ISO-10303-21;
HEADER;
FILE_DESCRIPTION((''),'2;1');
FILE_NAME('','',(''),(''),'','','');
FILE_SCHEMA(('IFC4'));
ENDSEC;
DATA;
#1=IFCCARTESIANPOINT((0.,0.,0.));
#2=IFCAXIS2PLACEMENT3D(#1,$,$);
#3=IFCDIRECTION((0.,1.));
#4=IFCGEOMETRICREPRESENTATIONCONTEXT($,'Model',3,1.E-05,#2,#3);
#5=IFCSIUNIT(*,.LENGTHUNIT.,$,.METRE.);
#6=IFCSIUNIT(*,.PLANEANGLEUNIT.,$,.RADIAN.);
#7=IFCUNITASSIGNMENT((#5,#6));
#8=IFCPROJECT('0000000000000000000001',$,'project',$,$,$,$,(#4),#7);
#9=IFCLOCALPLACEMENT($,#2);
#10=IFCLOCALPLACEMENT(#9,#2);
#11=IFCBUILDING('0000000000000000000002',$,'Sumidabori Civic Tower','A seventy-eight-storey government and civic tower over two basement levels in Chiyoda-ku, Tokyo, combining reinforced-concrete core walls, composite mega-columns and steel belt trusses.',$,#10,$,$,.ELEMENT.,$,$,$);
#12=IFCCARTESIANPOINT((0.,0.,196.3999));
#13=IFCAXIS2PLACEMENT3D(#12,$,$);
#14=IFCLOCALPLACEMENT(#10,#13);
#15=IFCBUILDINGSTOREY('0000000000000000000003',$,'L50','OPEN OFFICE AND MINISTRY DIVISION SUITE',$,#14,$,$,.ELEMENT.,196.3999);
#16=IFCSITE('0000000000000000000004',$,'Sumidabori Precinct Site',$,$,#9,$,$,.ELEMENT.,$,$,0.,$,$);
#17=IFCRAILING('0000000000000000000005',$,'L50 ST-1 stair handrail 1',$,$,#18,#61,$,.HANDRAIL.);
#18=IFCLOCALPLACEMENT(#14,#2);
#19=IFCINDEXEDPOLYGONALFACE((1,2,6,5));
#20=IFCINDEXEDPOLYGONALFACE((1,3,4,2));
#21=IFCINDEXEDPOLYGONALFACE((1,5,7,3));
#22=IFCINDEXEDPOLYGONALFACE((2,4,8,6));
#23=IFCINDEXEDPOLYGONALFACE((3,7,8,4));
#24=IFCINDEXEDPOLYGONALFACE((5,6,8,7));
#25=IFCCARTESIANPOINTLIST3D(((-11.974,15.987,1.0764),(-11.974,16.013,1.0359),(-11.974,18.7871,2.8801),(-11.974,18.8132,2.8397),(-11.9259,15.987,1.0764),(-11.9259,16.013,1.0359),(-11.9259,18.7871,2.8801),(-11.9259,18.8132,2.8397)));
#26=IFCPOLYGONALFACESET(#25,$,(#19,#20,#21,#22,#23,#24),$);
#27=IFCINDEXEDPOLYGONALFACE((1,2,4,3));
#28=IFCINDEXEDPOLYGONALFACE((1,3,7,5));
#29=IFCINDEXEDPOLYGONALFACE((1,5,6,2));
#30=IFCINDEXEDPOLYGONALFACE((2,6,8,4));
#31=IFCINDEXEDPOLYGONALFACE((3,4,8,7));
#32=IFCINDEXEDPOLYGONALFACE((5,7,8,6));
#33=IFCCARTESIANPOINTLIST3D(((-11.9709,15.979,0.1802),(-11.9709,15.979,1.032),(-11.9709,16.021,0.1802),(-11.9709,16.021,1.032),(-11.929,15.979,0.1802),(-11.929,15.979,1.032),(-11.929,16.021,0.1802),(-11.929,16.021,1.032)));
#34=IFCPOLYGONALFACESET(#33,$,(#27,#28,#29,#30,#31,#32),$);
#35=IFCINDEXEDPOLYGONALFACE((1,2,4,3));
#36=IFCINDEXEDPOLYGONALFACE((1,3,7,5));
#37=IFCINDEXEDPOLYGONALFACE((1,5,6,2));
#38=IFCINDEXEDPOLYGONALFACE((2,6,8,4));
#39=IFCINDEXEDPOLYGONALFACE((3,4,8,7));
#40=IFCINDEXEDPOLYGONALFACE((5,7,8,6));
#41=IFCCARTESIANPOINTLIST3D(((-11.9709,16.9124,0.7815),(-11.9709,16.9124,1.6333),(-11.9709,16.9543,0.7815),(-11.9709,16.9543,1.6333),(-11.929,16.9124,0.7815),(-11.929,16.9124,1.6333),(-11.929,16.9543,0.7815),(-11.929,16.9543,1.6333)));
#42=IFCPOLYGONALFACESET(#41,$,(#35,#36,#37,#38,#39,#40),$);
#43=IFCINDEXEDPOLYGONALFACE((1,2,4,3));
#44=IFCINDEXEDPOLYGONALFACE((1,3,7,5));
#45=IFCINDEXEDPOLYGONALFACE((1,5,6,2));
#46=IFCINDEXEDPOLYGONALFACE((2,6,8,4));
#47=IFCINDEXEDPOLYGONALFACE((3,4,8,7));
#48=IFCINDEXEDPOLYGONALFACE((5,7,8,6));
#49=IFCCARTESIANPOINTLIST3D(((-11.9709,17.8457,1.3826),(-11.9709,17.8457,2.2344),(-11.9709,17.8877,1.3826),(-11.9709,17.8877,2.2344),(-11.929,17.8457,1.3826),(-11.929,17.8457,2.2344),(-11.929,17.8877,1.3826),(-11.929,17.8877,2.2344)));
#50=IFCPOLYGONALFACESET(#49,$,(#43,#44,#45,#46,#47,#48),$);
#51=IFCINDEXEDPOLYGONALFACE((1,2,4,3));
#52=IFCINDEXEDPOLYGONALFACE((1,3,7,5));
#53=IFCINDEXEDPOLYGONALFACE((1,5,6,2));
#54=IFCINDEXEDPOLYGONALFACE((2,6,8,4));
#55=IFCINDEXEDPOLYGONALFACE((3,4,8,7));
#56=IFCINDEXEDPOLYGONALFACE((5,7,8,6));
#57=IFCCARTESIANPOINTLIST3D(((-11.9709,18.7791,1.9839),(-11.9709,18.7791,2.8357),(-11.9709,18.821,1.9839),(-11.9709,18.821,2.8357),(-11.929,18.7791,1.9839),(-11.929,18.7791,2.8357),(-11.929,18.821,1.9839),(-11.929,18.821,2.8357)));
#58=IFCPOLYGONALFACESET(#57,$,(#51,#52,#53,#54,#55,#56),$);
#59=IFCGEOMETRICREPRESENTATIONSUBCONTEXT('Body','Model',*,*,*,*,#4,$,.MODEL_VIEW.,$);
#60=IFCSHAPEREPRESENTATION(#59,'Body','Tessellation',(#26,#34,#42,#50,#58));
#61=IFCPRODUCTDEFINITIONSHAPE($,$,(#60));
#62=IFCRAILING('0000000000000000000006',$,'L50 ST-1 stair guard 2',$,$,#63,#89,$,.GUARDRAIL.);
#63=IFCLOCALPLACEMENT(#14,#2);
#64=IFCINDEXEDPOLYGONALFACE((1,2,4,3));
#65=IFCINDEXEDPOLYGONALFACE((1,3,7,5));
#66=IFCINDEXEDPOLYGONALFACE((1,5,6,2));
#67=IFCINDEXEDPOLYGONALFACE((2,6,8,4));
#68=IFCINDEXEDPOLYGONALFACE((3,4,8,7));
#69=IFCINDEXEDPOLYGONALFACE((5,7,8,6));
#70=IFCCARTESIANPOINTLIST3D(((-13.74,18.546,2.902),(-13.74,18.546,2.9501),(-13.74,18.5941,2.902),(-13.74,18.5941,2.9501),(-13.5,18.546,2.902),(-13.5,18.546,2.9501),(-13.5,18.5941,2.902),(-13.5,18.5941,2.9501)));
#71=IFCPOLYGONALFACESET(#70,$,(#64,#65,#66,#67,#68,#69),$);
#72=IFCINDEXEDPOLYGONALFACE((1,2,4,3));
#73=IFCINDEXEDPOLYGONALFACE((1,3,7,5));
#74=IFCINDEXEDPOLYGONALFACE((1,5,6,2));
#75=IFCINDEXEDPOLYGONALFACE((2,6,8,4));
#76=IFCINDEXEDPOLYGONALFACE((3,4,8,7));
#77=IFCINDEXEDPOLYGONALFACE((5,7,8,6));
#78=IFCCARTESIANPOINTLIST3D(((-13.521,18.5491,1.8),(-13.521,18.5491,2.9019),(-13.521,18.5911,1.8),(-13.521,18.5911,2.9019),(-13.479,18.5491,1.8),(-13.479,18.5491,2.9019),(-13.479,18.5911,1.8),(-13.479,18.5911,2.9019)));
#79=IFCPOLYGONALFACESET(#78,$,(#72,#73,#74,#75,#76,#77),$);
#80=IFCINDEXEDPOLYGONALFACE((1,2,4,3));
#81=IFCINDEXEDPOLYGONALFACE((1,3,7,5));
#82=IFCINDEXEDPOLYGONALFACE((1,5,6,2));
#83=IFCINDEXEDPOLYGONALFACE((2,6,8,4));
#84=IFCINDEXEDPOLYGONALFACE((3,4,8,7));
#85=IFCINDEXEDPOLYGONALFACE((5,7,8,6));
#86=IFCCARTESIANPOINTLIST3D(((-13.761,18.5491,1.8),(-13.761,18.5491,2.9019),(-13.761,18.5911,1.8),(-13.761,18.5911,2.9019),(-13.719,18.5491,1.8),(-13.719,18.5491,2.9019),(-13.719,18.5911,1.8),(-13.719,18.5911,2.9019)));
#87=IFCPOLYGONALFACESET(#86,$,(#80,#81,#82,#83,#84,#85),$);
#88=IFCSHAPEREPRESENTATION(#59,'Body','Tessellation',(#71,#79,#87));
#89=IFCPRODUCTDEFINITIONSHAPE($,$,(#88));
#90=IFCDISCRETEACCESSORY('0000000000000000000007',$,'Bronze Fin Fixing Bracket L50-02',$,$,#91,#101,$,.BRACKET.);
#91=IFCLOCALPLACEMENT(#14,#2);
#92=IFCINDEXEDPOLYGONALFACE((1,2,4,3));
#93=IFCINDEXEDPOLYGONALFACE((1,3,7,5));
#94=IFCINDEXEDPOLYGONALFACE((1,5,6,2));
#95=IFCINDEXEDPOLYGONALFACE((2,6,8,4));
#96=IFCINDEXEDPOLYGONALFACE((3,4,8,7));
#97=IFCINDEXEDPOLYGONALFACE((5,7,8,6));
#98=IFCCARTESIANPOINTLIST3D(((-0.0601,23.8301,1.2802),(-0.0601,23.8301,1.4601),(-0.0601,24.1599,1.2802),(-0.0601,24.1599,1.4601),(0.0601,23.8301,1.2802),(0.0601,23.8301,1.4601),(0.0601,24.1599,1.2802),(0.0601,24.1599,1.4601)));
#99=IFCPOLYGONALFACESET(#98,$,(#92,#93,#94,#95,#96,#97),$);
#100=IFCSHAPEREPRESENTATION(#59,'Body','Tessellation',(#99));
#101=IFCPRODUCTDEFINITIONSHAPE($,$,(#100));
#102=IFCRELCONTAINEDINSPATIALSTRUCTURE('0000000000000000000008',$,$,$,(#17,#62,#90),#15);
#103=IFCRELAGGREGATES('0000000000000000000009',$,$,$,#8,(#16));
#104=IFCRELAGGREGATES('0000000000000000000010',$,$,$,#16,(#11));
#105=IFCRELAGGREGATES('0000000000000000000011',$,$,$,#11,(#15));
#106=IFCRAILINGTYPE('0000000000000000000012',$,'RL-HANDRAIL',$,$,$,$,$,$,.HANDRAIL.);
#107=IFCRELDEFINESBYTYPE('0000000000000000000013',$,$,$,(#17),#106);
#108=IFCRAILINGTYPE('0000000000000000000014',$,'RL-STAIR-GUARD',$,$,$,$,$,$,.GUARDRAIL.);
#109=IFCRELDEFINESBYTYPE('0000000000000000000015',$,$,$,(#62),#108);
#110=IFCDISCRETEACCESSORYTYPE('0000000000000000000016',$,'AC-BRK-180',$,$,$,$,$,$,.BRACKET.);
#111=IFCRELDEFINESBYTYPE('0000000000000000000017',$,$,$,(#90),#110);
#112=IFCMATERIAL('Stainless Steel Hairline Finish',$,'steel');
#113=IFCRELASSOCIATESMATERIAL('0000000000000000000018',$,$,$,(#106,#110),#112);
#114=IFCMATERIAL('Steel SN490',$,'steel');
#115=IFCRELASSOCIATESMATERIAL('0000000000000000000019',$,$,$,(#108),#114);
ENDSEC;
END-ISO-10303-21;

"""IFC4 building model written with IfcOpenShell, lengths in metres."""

from ifc_helpers import new_model, si_unit, direction, frame, origin, origin_2d, place, context, subcontext, project, spatial, rectangle, extrude, source, transform, mapped, material, material_profile, profile_set, type_object, element, save


model = new_model("IFC4")

# Units and contexts
model_context = context("Model", 3, precision=1e-05, world=origin(), true_north=direction((0.0, 1.0)))
body_context = subcontext(model_context, "Body", "Model", "MODEL_VIEW")
ifc_project = project(units=[si_unit("LENGTHUNIT", "METRE"), si_unit("PLANEANGLEUNIT", "RADIAN")], contexts=[model_context])

# Site, building, storey
site_placement = place(None, origin())
site = spatial("IfcSite", under=ifc_project, at=site_placement, Name="Sumidabori Precinct Site", CompositionType="ELEMENT", RefElevation=0.0)
building_placement = place(site_placement, origin())
building = spatial("IfcBuilding", under=site, at=building_placement, Name="Sumidabori Civic Tower", Description="A seventy-eight-storey government and civic tower over two basement levels in Chiyoda-ku, Tokyo, combining reinforced-concrete core walls, composite mega-columns and steel belt trusses.", CompositionType="ELEMENT")
storey_placement = place(building_placement, frame((0.0, 0.0, 196.3999)))
storey = spatial("IfcBuildingStorey", under=building, at=storey_placement, Name="L50", Description="OPEN OFFICE AND MINISTRY DIVISION SUITE", CompositionType="ELEMENT", Elevation=196.3999)

# Railings
ifc_material_1 = material(Name="Stainless Steel Hairline Finish", Category="steel")
railing_type_1 = type_object("IfcRailingType", Name="RL-HANDRAIL", PredefinedType="HANDRAIL", material=ifc_material_1)
railing_1_placement = place(storey_placement, frame((-11.95, 16.0, 0.1802)))
element("IfcRailing", 1, at=railing_1_placement, inside=storey, type_object=railing_type_1, Name="L50 ST-1 stair handrail 1", PredefinedType="HANDRAIL", context=body_context, shape_type="SweptSolid", body=[
    extrude(rectangle(XDim=0.0481, YDim=0.0481, at=origin_2d()), frame((0.0, 0.0, 0.876), z_axis=(0.0, 0.840676, 0.541539), x_axis=(-1.0, 0.0, 0.0)), (0.0, 0.0, 1.0), 3.3308),
    extrude(rectangle(XDim=0.042, YDim=0.042, at=origin_2d()), origin(), (0.0, 0.0, 1.0), 0.8518),
    extrude(rectangle(XDim=0.042, YDim=0.042, at=origin_2d()), frame((0.0, 0.9333, 0.6013)), (0.0, 0.0, 1.0), 0.8518),
    extrude(rectangle(XDim=0.042, YDim=0.042, at=origin_2d()), frame((0.0, 1.8667, 1.2024)), (0.0, 0.0, 1.0), 0.8518),
    extrude(rectangle(XDim=0.042, YDim=0.042, at=origin_2d()), frame((0.0, 2.8, 1.8037)), (0.0, 0.0, 1.0), 0.8518),
])
ifc_material_2 = material(Name="Steel SN490", Category="steel")
railing_type_2 = type_object("IfcRailingType", Name="RL-STAIR-GUARD", PredefinedType="GUARDRAIL", material=ifc_material_2)
railing_2_placement = place(storey_placement, frame((-13.5, 18.5701, 1.8)))
element("IfcRailing", 2, at=railing_2_placement, inside=storey, type_object=railing_type_2, Name="L50 ST-1 stair guard 2", PredefinedType="GUARDRAIL", context=body_context, shape_type="SweptSolid", body=[
    extrude(rectangle(XDim=0.0481, YDim=0.0481, at=origin_2d()), frame((0.0, 0.0, 1.126), z_axis=(-1.0, 0.0, 0.0), x_axis=(0.0, -1.0, 0.0)), (0.0, 0.0, 1.0), 0.24),
    extrude(rectangle(XDim=0.042, YDim=0.042, at=origin_2d()), origin(), (0.0, 0.0, 1.0), 1.1018),
    extrude(rectangle(XDim=0.042, YDim=0.042, at=origin_2d()), frame((-0.24, 0.0, 0.0)), (0.0, 0.0, 1.0), 1.1018),
])

# Discrete accessory
ifc_material_profile_1 = material_profile(ifc_material_1, rectangle(XDim=0.1201, YDim=0.1799, at=origin_2d()), Name="STEEL BRACKET 180x120")
ifc_profile_set_1 = profile_set([ifc_material_profile_1], Name="Stainless Steel Hairline Finish")
discrete_accessory_type = type_object("IfcDiscreteAccessoryType", Name="AC-BRK-180", PredefinedType="BRACKET", material=ifc_profile_set_1)
shared_shape_1 = source(origin(), body_context, "Body", "SweptSolid", [
    extrude(rectangle(XDim=0.1201, YDim=0.1799, at=origin_2d()), origin(), (0.0, 0.0, 1.0), 0.3298),
])
discrete_accessory_placement = place(storey_placement, frame((0.0, 23.8301, 1.3701), z_axis=(0.0, 1.0, 0.0), x_axis=(-1.0, 0.0, 0.0)))
element("IfcDiscreteAccessory", 3, at=discrete_accessory_placement, inside=storey, type_object=discrete_accessory_type, Name="Bronze Fin Fixing Bracket L50-02", PredefinedType="BRACKET", context=body_context, shape_type="MappedRepresentation", body=[
    mapped(shared_shape_1, transform((0.0, 0.0, 0.0), x_axis=(1.0, 0.0, 0.0), y_axis=(0.0, 1.0, 0.0), z_axis=(0.0, 0.0, 1.0), scale=1.0)),
])

save(model, "model.ifc")
